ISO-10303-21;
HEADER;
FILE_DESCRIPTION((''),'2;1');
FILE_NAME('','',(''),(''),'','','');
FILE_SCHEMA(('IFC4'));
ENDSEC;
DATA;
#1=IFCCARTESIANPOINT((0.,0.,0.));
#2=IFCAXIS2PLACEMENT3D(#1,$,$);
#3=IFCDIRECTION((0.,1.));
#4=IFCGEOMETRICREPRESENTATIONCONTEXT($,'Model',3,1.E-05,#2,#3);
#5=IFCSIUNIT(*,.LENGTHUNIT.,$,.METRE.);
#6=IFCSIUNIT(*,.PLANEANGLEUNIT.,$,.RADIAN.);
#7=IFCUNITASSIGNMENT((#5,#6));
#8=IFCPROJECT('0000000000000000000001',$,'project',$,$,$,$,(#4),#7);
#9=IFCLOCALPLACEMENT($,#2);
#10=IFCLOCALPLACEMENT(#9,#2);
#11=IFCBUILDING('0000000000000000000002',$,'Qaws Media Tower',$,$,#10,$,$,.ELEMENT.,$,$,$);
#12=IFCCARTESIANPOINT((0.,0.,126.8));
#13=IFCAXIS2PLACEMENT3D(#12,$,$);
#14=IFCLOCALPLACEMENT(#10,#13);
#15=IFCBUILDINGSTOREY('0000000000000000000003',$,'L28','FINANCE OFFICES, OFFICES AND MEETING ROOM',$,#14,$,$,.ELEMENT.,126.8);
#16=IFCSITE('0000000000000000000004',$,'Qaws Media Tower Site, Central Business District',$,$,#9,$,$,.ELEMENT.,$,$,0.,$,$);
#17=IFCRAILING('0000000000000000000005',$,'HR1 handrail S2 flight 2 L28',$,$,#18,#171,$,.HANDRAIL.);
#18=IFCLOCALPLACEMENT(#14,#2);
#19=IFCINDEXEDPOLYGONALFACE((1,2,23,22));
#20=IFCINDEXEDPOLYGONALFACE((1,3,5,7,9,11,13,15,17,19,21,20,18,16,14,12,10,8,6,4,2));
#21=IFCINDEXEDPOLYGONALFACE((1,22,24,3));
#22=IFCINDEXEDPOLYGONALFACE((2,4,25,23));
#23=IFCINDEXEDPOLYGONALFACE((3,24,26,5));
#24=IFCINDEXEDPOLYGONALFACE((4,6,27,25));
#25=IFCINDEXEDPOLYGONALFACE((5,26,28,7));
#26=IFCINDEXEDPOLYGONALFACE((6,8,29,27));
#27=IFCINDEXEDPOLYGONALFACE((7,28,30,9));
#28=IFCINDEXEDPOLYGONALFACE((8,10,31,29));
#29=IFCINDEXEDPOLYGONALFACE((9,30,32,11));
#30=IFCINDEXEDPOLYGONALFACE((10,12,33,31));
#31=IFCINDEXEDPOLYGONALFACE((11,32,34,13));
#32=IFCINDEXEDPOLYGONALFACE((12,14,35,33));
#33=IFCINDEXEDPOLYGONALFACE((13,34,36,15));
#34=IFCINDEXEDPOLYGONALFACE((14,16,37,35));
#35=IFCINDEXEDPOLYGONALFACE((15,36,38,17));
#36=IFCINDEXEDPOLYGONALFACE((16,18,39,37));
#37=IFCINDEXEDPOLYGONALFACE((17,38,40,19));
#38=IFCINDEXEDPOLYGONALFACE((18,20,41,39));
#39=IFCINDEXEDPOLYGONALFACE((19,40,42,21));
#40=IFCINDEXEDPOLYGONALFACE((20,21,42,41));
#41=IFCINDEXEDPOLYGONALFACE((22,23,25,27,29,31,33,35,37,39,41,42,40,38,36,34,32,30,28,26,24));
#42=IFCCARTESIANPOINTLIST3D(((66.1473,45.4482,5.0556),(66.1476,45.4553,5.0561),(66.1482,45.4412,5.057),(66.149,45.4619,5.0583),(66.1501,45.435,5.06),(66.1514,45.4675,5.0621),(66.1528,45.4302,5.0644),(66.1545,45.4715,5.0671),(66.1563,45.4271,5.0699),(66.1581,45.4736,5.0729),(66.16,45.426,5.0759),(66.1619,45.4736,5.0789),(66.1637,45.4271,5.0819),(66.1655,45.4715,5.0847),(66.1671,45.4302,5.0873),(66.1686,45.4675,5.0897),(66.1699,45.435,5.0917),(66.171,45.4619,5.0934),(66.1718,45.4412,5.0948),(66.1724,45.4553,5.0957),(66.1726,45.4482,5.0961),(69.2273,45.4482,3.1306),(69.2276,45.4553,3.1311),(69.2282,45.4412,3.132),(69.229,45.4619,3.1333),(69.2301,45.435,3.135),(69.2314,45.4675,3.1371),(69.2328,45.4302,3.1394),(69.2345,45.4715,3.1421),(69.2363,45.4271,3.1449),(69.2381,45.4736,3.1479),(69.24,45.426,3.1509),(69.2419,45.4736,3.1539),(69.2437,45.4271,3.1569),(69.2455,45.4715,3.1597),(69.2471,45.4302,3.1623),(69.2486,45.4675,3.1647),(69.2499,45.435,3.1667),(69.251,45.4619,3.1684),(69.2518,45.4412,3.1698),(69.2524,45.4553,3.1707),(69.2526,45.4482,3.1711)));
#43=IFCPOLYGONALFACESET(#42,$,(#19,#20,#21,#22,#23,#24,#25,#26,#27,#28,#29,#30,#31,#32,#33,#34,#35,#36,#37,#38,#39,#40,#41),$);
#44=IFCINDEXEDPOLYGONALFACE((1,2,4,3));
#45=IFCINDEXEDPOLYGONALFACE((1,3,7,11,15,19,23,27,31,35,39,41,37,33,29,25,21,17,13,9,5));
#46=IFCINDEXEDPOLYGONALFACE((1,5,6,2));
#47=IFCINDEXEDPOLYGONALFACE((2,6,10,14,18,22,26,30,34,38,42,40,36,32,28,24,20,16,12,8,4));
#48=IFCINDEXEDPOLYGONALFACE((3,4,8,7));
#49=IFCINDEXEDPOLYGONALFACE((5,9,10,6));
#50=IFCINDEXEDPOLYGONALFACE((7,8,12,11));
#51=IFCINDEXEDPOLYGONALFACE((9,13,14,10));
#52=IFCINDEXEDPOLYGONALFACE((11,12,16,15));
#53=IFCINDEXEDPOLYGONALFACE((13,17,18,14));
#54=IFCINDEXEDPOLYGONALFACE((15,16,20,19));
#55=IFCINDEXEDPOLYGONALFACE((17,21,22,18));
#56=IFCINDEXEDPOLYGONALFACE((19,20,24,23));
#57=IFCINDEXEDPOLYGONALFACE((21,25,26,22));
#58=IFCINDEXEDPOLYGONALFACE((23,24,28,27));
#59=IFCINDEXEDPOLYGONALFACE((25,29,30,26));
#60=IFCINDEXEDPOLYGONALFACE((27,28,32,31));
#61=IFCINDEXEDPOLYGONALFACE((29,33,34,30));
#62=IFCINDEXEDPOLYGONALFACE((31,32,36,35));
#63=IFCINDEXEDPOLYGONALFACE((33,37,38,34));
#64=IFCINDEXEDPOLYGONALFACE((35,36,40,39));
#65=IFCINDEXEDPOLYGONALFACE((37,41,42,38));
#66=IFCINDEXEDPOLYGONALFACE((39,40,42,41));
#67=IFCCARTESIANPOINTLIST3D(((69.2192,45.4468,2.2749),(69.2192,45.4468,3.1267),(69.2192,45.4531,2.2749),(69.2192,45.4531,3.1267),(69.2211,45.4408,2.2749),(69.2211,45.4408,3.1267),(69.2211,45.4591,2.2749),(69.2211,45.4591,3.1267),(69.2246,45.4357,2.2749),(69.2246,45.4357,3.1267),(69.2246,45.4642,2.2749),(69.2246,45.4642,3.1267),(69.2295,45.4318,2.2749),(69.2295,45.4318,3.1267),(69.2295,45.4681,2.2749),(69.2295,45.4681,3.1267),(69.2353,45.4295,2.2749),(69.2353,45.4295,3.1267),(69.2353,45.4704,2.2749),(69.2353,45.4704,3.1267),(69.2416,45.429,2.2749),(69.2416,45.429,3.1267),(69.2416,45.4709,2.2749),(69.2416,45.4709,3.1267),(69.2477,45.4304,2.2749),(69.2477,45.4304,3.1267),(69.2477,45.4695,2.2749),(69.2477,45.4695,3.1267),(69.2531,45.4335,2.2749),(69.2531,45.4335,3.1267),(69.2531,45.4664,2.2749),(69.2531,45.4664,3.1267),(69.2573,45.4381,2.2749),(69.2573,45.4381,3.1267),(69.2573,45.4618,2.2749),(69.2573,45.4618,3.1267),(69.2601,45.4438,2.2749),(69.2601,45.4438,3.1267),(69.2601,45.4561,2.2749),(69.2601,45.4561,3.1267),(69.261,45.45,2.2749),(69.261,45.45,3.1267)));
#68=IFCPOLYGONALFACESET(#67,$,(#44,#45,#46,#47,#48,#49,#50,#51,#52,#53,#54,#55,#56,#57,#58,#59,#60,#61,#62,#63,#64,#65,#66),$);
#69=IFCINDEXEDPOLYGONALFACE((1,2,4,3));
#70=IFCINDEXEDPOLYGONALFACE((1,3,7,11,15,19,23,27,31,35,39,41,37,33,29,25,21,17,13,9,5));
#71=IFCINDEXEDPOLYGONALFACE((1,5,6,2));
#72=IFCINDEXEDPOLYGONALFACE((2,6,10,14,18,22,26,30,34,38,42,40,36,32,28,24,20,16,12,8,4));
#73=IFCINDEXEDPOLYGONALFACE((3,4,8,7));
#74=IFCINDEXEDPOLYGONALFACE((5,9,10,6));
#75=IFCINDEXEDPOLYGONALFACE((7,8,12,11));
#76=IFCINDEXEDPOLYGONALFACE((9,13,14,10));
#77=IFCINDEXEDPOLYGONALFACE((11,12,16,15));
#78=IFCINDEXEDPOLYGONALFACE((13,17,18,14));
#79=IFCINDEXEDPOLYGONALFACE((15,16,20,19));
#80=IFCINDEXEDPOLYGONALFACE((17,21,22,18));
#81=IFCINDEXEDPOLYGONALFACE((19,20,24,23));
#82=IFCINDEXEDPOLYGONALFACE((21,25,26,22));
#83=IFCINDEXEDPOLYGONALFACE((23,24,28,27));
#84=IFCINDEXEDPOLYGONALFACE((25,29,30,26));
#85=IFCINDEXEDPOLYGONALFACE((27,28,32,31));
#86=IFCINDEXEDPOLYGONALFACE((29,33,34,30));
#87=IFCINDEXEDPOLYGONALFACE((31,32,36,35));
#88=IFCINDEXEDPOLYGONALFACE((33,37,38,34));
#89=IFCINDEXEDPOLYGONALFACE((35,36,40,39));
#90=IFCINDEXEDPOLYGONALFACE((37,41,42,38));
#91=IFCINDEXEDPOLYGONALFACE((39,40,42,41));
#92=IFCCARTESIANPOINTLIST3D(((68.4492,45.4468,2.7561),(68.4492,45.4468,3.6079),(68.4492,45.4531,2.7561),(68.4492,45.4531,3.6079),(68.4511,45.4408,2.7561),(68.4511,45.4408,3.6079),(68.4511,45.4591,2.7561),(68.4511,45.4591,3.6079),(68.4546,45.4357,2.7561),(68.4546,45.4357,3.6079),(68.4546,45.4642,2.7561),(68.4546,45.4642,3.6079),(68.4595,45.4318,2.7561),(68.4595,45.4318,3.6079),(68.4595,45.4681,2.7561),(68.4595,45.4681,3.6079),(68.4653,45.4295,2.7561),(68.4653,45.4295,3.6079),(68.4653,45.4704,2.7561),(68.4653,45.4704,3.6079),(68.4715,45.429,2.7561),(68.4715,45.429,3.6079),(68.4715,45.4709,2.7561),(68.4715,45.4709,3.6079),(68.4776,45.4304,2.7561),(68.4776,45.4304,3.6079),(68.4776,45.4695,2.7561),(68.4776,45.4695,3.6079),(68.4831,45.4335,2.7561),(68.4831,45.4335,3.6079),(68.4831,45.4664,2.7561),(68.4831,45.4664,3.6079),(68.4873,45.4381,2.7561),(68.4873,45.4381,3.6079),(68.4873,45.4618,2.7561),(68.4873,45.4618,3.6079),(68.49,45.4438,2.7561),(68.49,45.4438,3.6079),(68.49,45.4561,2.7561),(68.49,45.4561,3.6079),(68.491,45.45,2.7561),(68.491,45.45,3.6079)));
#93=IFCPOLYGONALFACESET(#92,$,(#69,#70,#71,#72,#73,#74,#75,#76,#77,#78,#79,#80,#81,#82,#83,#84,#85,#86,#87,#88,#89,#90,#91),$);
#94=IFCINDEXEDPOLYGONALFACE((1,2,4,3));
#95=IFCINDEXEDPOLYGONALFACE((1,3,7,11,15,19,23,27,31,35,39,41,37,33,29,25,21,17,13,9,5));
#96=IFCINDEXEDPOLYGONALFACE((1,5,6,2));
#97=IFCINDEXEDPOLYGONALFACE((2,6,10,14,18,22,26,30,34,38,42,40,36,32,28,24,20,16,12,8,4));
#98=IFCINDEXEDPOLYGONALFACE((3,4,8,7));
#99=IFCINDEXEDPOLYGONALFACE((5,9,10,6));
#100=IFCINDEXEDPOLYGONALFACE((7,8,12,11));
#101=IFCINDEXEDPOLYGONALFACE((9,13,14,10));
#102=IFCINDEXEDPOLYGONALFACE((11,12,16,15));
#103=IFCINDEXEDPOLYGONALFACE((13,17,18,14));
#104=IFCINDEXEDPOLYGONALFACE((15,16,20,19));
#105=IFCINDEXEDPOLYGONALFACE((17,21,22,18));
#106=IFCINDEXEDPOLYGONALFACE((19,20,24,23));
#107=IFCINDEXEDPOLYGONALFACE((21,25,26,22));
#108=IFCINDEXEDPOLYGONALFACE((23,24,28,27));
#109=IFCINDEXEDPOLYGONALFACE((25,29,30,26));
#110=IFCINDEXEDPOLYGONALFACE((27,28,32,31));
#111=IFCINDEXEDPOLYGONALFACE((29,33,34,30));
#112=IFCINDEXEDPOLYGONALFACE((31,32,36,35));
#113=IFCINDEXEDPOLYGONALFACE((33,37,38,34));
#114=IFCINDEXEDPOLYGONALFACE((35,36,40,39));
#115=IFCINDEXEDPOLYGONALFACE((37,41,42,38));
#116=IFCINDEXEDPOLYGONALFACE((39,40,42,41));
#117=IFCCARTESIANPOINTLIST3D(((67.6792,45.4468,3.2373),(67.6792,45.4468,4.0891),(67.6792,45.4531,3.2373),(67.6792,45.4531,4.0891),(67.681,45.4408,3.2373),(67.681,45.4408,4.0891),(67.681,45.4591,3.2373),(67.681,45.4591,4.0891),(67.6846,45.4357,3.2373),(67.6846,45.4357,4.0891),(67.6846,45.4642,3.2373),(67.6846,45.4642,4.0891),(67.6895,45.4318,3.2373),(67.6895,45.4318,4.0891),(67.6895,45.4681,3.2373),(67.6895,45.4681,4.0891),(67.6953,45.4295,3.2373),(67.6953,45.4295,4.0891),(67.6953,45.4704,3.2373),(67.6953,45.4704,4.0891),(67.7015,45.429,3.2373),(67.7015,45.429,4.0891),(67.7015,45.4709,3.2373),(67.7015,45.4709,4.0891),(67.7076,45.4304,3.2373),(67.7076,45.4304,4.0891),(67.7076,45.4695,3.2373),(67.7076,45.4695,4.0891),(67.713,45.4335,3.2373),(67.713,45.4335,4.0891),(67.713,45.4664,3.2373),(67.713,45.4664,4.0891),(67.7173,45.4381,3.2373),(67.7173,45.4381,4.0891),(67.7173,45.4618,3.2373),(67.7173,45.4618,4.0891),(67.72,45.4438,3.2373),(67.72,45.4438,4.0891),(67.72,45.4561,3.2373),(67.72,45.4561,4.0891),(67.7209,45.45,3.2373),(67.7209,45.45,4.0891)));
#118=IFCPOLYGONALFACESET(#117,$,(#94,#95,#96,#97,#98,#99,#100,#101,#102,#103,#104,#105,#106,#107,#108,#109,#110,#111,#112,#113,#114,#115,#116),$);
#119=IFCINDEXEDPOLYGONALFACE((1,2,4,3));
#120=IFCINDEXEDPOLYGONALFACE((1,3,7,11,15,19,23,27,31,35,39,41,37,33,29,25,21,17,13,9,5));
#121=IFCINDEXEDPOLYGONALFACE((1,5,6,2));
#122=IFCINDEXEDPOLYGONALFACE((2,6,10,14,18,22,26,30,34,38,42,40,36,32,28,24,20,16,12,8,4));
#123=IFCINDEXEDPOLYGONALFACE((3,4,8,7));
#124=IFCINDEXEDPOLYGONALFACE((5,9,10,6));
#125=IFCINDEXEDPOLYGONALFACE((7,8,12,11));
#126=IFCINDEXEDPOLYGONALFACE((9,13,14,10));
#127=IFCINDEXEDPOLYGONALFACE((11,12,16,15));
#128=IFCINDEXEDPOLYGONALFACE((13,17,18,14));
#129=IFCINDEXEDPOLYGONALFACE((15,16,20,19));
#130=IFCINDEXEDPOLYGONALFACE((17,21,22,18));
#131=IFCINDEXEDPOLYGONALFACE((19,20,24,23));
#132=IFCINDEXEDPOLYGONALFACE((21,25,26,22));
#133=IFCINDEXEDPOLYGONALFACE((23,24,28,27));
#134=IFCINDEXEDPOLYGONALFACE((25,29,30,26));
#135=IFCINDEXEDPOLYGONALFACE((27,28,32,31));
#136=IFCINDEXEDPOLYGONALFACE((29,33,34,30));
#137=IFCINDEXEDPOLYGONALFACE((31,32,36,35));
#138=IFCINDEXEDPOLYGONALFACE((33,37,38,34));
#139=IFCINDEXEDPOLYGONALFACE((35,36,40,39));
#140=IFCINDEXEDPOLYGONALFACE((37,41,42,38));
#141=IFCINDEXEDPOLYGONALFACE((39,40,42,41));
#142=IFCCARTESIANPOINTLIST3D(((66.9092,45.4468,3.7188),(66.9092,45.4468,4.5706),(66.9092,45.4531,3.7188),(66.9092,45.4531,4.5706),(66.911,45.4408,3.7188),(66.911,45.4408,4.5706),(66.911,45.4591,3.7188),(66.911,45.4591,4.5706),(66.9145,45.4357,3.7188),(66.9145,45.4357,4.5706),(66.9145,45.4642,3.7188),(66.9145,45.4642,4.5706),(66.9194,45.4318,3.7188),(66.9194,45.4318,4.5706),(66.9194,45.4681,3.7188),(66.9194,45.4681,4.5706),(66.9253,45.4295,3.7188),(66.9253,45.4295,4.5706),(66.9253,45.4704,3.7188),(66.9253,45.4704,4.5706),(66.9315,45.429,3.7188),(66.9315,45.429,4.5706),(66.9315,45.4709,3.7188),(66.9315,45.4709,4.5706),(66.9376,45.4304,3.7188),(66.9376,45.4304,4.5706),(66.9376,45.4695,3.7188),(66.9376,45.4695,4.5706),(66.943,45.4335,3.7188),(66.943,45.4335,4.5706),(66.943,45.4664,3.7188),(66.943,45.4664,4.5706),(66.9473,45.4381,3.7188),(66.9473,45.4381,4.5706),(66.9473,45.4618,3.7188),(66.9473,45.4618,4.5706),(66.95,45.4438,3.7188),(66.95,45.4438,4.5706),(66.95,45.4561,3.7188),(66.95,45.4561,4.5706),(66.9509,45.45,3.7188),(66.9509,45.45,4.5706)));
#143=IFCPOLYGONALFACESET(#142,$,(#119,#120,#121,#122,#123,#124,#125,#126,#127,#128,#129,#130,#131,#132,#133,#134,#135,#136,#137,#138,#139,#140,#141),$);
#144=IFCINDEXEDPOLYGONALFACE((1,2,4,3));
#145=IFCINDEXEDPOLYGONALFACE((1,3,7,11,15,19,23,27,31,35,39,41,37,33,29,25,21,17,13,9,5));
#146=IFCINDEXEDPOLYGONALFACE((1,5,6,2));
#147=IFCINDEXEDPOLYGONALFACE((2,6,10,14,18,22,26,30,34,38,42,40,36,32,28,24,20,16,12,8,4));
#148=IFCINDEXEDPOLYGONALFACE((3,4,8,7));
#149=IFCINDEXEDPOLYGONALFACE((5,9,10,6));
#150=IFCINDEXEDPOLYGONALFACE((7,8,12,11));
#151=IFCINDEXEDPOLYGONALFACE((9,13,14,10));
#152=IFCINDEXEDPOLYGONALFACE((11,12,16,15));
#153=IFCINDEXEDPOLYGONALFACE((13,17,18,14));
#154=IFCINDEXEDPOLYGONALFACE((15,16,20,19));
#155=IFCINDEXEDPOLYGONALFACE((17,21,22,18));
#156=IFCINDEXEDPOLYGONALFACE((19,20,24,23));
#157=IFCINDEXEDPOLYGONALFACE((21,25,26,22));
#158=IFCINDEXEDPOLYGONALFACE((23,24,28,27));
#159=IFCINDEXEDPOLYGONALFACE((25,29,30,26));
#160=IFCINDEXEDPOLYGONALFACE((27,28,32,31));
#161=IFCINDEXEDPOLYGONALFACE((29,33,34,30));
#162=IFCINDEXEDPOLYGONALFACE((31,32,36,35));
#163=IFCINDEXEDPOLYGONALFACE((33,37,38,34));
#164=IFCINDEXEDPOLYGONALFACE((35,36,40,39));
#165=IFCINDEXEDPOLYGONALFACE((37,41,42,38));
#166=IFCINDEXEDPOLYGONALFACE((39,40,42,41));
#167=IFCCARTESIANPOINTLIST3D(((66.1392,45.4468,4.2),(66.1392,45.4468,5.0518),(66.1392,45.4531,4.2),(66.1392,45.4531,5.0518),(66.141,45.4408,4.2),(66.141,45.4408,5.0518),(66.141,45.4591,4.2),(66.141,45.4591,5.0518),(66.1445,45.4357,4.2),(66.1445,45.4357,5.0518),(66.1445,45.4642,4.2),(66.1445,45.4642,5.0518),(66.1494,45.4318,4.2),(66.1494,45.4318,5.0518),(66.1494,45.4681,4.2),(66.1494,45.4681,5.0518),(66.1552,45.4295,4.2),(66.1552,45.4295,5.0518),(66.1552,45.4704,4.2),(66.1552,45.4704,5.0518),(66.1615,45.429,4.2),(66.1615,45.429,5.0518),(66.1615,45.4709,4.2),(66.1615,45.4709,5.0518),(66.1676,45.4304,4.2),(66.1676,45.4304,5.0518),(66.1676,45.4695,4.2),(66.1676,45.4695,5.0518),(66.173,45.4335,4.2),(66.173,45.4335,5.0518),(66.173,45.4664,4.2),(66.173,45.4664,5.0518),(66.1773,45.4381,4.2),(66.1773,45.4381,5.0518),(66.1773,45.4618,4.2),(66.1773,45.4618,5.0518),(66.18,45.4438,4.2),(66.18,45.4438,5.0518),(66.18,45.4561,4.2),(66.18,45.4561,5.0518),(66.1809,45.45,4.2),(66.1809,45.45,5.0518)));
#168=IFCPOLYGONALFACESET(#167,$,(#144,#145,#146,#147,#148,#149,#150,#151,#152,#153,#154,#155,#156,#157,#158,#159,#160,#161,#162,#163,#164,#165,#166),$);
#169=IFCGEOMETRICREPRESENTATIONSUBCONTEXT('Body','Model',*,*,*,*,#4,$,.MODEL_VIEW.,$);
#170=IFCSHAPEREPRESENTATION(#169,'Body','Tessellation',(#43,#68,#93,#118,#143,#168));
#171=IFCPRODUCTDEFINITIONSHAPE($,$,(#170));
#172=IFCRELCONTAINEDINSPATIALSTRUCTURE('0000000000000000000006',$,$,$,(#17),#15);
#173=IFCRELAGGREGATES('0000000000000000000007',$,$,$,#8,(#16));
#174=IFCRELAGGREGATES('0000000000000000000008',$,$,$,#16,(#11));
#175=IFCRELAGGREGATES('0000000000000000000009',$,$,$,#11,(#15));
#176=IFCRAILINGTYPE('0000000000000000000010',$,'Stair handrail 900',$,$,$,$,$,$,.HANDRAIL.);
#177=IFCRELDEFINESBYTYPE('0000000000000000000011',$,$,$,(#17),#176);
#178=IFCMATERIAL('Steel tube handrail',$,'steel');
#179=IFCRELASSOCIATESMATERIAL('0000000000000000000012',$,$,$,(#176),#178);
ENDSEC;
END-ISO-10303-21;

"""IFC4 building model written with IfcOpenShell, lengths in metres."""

from ifc_helpers import new_model, si_unit, direction, frame, origin, origin_2d, place, context, subcontext, project, spatial, circle, extrude, material, type_object, element, save


model = new_model("IFC4")

# Units and contexts
model_context = context("Model", 3, precision=1e-05, world=origin(), true_north=direction((0.0, 1.0)))
body_context = subcontext(model_context, "Body", "Model", "MODEL_VIEW")
ifc_project = project(units=[si_unit("LENGTHUNIT", "METRE"), si_unit("PLANEANGLEUNIT", "RADIAN")], contexts=[model_context])

# Site, building, storey
site_placement = place(None, origin())
site = spatial("IfcSite", under=ifc_project, at=site_placement, Name="Qaws Media Tower Site, Central Business District", CompositionType="ELEMENT", RefElevation=0.0)
building_placement = place(site_placement, origin())
building = spatial("IfcBuilding", under=site, at=building_placement, Name="Qaws Media Tower", CompositionType="ELEMENT")
storey_placement = place(building_placement, frame((0.0, 0.0, 126.8)))
storey = spatial("IfcBuildingStorey", under=building, at=storey_placement, Name="L28", Description="FINANCE OFFICES, OFFICES AND MEETING ROOM", CompositionType="ELEMENT", Elevation=126.8)

# Railing
ifc_material_1 = material(Name="Steel tube handrail", Category="steel")
railing_type = type_object("IfcRailingType", Name="Stair handrail 900", PredefinedType="HANDRAIL", material=ifc_material_1)
for number, where, name in (
    (1, (69.24, 45.45, 2.2749), "HR1 handrail S2 flight 2 L28"),
):
    element("IfcRailing", number, at=place(storey_placement, frame(where)), inside=storey, type_object=railing_type, Name=name, PredefinedType="HANDRAIL", context=body_context, shape_type="SweptSolid", body=[
        extrude(circle(Radius=0.0239, at=origin_2d()), frame((0.0, 0.0, 0.876), z_axis=(-0.847998, 0.0, 0.529999), x_axis=(0.0, -1.0, 0.0)), (0.0, 0.0, 1.0), 3.6321),
        extrude(circle(Radius=0.021, at=origin_2d()), origin(), (0.0, 0.0, 1.0), 0.8518),
        extrude(circle(Radius=0.021, at=origin_2d()), frame((-0.77, 0.0, 0.4812)), (0.0, 0.0, 1.0), 0.8518),
        extrude(circle(Radius=0.021, at=origin_2d()), frame((-1.54, 0.0, 0.9624)), (0.0, 0.0, 1.0), 0.8518),
        extrude(circle(Radius=0.021, at=origin_2d()), frame((-2.3101, 0.0, 1.4438)), (0.0, 0.0, 1.0), 0.8518),
        extrude(circle(Radius=0.021, at=origin_2d()), frame((-3.0801, 0.0, 1.925)), (0.0, 0.0, 1.0), 0.8518),
    ])

save(model, "model.ifc")
